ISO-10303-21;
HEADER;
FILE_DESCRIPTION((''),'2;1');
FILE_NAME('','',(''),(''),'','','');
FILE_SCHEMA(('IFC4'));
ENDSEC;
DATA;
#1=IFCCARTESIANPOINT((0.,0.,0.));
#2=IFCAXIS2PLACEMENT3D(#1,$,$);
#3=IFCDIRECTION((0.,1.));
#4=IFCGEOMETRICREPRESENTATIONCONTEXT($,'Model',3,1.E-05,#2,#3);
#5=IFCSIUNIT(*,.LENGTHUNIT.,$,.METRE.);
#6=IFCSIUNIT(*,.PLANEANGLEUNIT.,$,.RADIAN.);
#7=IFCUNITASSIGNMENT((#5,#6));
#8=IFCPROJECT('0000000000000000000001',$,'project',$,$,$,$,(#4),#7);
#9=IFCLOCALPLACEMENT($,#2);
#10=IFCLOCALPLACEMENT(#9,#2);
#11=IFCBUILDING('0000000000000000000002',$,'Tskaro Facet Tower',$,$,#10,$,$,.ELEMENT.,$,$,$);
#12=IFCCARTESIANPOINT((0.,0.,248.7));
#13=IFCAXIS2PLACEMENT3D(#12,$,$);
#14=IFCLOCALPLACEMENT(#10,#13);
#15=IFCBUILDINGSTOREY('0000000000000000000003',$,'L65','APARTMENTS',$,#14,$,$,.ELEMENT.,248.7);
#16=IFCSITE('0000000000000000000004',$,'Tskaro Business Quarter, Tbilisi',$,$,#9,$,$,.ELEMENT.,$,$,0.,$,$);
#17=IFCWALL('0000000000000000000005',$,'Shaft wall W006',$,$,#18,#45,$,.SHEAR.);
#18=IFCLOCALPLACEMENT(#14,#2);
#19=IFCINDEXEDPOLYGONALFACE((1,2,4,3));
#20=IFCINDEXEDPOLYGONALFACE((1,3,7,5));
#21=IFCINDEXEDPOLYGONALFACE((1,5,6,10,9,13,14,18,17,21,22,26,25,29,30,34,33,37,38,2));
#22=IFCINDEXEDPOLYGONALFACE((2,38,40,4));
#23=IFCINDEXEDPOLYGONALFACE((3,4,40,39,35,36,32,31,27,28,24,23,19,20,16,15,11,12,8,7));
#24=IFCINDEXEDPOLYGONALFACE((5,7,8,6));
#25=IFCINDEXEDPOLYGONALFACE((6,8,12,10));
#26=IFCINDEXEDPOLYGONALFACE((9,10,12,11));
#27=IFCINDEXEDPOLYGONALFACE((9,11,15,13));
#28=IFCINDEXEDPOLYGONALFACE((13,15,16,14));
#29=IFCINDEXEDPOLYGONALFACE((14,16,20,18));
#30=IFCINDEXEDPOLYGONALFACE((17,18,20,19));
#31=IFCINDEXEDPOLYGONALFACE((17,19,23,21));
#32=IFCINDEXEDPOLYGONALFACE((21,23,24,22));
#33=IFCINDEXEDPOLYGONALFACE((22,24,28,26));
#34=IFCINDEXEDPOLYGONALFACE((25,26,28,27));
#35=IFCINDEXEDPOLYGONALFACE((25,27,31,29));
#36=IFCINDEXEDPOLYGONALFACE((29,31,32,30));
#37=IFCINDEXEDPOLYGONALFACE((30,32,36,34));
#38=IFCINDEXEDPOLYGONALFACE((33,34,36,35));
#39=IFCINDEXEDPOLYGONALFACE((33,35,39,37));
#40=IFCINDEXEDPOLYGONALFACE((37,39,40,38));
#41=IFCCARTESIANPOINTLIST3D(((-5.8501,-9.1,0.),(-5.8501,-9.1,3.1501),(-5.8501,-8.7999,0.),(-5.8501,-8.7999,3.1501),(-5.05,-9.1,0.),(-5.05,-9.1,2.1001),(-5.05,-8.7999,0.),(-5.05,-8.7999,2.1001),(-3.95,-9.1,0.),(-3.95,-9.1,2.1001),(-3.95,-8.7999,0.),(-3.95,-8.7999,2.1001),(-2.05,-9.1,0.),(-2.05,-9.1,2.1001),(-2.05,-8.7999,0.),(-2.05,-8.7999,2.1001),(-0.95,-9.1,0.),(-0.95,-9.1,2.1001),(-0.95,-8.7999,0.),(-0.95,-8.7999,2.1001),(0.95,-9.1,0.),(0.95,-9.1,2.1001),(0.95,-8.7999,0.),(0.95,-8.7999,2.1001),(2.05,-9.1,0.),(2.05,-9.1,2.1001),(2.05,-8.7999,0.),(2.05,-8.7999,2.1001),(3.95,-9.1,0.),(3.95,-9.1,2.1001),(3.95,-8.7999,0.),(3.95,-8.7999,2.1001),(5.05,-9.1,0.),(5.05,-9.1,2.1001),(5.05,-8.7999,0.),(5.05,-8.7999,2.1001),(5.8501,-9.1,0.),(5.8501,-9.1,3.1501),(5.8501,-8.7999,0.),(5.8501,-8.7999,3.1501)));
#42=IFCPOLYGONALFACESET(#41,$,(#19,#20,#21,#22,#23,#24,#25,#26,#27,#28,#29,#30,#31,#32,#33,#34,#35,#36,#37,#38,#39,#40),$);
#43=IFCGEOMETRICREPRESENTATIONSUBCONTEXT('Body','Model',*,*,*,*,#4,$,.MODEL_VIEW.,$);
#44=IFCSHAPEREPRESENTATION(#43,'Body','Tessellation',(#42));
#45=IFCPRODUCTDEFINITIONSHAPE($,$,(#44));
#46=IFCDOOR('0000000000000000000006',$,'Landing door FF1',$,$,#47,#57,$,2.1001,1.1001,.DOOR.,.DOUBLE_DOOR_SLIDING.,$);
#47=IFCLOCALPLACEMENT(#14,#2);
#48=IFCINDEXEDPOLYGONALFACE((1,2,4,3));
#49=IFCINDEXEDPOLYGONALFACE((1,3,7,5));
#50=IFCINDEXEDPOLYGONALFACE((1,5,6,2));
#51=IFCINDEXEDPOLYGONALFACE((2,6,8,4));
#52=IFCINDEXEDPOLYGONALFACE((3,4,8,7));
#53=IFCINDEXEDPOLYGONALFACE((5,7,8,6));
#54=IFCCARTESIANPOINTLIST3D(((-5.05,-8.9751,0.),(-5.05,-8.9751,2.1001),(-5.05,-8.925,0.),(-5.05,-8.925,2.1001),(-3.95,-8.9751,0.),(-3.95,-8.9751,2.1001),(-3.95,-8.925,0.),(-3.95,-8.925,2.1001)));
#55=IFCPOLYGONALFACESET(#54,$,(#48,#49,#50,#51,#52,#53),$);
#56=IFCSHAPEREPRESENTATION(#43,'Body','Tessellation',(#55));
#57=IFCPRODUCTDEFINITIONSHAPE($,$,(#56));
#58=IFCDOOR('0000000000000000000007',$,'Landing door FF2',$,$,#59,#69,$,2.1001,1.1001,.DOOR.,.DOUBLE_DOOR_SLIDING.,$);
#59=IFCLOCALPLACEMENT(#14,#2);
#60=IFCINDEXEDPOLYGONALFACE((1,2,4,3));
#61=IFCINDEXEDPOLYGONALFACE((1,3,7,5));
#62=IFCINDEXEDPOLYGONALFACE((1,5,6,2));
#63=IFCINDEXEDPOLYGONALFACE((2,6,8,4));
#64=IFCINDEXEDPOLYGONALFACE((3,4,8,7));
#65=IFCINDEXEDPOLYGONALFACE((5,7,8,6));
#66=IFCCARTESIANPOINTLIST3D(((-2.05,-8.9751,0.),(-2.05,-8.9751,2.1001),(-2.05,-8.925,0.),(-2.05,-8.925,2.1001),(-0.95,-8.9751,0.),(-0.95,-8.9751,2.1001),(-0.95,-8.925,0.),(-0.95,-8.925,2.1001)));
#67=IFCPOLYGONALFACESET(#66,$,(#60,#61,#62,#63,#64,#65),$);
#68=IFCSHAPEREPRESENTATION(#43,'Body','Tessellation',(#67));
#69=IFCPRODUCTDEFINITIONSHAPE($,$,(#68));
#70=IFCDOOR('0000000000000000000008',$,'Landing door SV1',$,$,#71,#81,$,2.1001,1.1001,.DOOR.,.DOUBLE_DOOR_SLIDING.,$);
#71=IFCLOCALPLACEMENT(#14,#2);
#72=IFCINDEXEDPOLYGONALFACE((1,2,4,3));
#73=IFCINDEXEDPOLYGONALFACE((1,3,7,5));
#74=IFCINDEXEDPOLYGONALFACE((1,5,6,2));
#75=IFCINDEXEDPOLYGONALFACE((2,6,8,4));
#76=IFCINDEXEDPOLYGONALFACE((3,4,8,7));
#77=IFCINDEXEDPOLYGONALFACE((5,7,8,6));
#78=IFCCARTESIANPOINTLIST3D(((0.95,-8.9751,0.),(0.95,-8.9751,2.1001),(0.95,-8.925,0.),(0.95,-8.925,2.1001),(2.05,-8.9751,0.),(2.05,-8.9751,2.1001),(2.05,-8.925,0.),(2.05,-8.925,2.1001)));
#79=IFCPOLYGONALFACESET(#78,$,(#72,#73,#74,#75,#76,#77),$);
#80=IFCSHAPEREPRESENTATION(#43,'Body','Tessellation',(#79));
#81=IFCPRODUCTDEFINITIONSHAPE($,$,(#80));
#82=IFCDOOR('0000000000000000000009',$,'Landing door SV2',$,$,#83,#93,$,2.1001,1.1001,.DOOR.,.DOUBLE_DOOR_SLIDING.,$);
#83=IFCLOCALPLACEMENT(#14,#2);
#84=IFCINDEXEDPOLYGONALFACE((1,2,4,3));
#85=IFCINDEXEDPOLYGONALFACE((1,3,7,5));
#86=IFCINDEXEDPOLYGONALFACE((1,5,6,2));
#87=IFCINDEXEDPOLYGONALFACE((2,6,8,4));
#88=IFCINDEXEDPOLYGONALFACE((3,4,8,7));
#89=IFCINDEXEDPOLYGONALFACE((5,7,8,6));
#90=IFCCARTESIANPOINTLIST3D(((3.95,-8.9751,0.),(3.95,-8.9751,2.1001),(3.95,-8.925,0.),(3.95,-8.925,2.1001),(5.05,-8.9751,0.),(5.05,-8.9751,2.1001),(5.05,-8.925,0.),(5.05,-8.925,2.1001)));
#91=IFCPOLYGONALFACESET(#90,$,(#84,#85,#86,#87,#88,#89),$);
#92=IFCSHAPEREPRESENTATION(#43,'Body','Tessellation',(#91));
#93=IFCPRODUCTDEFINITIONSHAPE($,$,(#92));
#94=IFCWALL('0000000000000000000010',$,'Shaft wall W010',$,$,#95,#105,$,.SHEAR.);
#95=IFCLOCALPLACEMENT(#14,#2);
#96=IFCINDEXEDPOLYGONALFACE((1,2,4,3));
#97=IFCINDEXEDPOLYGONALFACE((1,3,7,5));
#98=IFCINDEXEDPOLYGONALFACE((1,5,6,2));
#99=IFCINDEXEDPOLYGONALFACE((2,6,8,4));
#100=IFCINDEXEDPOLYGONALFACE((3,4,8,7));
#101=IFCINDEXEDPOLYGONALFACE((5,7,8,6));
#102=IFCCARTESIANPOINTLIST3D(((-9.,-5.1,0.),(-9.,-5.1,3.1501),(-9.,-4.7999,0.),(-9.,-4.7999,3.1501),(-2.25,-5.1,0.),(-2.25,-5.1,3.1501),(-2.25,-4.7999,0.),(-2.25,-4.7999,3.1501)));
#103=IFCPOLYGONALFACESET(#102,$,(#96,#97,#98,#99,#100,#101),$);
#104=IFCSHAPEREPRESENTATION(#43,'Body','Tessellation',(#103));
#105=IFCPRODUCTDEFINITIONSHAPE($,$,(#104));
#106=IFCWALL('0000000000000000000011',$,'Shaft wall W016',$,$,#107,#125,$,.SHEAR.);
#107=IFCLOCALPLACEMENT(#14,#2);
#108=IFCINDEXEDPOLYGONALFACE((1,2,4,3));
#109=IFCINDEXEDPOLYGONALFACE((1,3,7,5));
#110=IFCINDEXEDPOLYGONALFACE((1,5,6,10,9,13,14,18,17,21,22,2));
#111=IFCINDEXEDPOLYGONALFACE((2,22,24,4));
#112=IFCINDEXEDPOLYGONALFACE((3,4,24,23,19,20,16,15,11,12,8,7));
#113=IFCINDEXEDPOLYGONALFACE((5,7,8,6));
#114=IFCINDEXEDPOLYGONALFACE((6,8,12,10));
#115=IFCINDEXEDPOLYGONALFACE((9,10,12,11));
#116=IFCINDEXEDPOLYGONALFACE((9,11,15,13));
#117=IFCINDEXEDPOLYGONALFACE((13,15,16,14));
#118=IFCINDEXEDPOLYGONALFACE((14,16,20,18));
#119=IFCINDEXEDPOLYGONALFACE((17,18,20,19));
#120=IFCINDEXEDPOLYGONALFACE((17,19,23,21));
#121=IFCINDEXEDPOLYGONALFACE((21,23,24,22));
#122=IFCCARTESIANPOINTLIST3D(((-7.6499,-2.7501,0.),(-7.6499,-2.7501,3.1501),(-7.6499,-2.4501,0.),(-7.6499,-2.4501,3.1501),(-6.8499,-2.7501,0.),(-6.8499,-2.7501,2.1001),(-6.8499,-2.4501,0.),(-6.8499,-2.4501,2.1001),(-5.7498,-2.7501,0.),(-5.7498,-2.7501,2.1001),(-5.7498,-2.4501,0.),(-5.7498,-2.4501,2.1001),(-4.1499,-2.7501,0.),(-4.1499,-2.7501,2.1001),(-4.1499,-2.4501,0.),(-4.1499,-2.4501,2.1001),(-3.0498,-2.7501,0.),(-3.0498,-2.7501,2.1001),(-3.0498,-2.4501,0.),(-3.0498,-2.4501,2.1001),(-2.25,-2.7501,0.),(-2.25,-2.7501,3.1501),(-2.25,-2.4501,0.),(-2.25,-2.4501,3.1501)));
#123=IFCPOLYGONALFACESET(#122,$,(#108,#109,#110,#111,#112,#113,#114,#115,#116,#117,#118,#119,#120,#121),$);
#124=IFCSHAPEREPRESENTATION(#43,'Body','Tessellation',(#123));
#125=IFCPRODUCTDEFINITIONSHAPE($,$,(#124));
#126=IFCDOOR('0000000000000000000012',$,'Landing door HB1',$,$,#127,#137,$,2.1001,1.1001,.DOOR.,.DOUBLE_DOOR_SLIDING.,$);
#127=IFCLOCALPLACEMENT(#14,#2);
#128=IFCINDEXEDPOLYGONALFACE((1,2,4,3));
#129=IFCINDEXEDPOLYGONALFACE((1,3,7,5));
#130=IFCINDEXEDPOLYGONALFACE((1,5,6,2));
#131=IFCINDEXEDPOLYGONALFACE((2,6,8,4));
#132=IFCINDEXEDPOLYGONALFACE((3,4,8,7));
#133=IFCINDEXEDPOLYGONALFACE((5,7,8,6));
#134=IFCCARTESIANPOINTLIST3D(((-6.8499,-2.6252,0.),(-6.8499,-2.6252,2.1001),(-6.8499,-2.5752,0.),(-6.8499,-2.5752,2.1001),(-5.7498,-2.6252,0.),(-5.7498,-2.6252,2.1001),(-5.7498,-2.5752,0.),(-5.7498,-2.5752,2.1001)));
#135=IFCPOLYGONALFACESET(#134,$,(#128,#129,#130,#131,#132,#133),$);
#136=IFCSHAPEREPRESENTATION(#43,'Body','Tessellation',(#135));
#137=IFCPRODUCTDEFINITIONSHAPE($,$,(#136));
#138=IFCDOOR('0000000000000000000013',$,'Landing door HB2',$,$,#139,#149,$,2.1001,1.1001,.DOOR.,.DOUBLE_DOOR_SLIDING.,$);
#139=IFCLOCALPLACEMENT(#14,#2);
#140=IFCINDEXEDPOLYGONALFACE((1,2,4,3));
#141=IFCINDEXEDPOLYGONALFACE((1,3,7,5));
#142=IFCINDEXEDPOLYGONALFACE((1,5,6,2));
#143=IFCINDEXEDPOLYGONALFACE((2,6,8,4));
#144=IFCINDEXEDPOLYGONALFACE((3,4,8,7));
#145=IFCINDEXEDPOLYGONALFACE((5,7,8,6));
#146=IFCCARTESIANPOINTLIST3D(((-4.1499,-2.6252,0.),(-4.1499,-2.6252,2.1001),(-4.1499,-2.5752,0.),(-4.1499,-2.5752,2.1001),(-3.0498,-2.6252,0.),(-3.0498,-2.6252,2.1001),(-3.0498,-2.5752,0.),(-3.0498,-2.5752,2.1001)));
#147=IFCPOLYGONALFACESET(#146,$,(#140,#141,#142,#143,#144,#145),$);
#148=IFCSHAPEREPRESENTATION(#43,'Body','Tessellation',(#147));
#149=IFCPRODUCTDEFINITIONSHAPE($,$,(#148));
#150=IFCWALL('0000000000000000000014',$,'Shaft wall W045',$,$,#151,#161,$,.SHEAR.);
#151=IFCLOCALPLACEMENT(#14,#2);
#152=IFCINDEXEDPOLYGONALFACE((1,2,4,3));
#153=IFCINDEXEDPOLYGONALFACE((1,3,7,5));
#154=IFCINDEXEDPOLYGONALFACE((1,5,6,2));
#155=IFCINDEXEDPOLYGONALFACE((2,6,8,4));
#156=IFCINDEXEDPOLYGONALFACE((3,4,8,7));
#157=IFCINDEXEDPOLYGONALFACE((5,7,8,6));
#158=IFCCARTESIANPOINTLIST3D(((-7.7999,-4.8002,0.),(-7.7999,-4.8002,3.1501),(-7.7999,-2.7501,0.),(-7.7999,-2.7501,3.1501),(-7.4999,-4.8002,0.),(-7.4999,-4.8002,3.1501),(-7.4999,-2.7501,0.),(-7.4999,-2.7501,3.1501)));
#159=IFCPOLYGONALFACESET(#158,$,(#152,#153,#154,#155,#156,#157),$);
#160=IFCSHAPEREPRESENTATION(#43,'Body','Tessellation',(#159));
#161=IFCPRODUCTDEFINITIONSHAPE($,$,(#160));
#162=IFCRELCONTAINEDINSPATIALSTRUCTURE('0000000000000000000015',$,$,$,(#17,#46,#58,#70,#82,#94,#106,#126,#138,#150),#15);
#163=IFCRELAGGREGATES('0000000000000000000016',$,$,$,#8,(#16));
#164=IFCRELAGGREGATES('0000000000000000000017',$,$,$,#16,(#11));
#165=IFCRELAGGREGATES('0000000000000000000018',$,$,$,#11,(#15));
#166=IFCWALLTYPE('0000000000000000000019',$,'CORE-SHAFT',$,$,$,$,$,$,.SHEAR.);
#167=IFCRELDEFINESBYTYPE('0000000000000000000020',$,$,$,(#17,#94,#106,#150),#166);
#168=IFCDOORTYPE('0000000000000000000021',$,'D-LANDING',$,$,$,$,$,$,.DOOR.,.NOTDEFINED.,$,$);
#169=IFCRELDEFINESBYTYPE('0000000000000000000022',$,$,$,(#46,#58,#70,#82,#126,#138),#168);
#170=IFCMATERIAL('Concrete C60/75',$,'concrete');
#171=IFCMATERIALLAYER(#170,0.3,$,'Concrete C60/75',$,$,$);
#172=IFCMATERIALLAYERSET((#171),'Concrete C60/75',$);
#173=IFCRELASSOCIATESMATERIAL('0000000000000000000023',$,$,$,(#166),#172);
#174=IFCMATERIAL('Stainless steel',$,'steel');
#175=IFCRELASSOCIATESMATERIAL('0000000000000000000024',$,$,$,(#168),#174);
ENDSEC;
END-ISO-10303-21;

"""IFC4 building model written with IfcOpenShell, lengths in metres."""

from ifc_helpers import new_model, si_unit, direction, frame, frame_2d, origin, place, context, subcontext, project, spatial, rectangle, extrude, material, layer, layer_set, type_object, element, fill, save


model = new_model("IFC4")

# Units and contexts
model_context = context("Model", 3, precision=1e-05, world=origin(), true_north=direction((0.0, 1.0)))
body_context = subcontext(model_context, "Body", "Model", "MODEL_VIEW")
ifc_project = project(units=[si_unit("LENGTHUNIT", "METRE"), si_unit("PLANEANGLEUNIT", "RADIAN")], contexts=[model_context])

# Site, building, storey
site_placement = place(None, origin())
site = spatial("IfcSite", under=ifc_project, at=site_placement, Name="Tskaro Business Quarter, Tbilisi", CompositionType="ELEMENT", RefElevation=0.0)
building_placement = place(site_placement, origin())
building = spatial("IfcBuilding", under=site, at=building_placement, Name="Tskaro Facet Tower", CompositionType="ELEMENT")
storey_placement = place(building_placement, frame((0.0, 0.0, 248.7)))
storey = spatial("IfcBuildingStorey", under=building, at=storey_placement, Name="L65", Description="APARTMENTS", CompositionType="ELEMENT", Elevation=248.7)

# Wall, openings, doors
ifc_material_1 = material(Name="Concrete C60/75", Category="concrete")
ifc_layer_1 = layer(ifc_material_1, 0.3, Name="Concrete C60/75")
ifc_layer_set_1 = layer_set([ifc_layer_1], Name="Concrete C60/75")
wall_type_1 = type_object("IfcWallType", Name="CORE-SHAFT", PredefinedType="SHEAR", material=ifc_layer_set_1)
wall_1_placement = place(storey_placement, frame((-5.8501, -8.95, 0.0), z_axis=(0.0, 0.0, 1.0), x_axis=(1.0, 0.0, 0.0)))
wall_1 = element("IfcWall", 1, at=wall_1_placement, inside=storey, type_object=wall_type_1, Name="Shaft wall W006", PredefinedType="SHEAR", context=body_context, shape_type="SweptSolid", body=[
    extrude(rectangle(XDim=11.7002, YDim=0.3, at=frame_2d((5.8501, 0.0))), origin(), (0.0, 0.0, 1.0), 3.1501),
])
opening_1_placement = place(wall_1_placement, frame((0.8, 0.0, 0.0)))
opening_1 = element("IfcOpeningElement", 2, at=opening_1_placement, cuts=wall_1, PredefinedType="OPENING", context=body_context, shape_type="SweptSolid", body=[
    extrude(rectangle(XDim=1.1001, YDim=2.1001, at=frame_2d((0.55, 1.05))), frame((0.0, 0.1599, 0.0), z_axis=(0.0, -1.0, 0.0), x_axis=(1.0, 0.0, 0.0)), (0.0, 0.0, 1.0), 0.3201),
])
opening_2_placement = place(wall_1_placement, frame((3.8, 0.0, 0.0)))
opening_2 = element("IfcOpeningElement", 3, at=opening_2_placement, cuts=wall_1, PredefinedType="OPENING", context=body_context, shape_type="SweptSolid", body=[
    extrude(rectangle(XDim=1.1001, YDim=2.1001, at=frame_2d((0.55, 1.05))), frame((0.0, 0.1599, 0.0), z_axis=(0.0, -1.0, 0.0), x_axis=(1.0, 0.0, 0.0)), (0.0, 0.0, 1.0), 0.3201),
])
opening_3_placement = place(wall_1_placement, frame((6.8, 0.0, 0.0)))
opening_3 = element("IfcOpeningElement", 4, at=opening_3_placement, cuts=wall_1, PredefinedType="OPENING", context=body_context, shape_type="SweptSolid", body=[
    extrude(rectangle(XDim=1.1001, YDim=2.1001, at=frame_2d((0.55, 1.05))), frame((0.0, 0.1599, 0.0), z_axis=(0.0, -1.0, 0.0), x_axis=(1.0, 0.0, 0.0)), (0.0, 0.0, 1.0), 0.3201),
])
opening_4_placement = place(wall_1_placement, frame((9.8, 0.0, 0.0)))
opening_4 = element("IfcOpeningElement", 5, at=opening_4_placement, cuts=wall_1, PredefinedType="OPENING", context=body_context, shape_type="SweptSolid", body=[
    extrude(rectangle(XDim=1.1001, YDim=2.1001, at=frame_2d((0.55, 1.05))), frame((0.0, 0.1599, 0.0), z_axis=(0.0, -1.0, 0.0), x_axis=(1.0, 0.0, 0.0)), (0.0, 0.0, 1.0), 0.3201),
])
ifc_material_2 = material(Name="Stainless steel", Category="steel")
door_type_1 = type_object("IfcDoorType", Name="D-LANDING", OperationType="NOTDEFINED", PredefinedType="DOOR", material=ifc_material_2)
door_1_placement = place(opening_1_placement, origin())
door_1 = element("IfcDoor", 6, at=door_1_placement, inside=storey, type_object=door_type_1, Name="Landing door FF1", OperationType="DOUBLE_DOOR_SLIDING", OverallHeight=2.1001, OverallWidth=1.1001, PredefinedType="DOOR", context=body_context, shape_type="SweptSolid", body=[
    extrude(rectangle(XDim=1.1001, YDim=2.1001, at=frame_2d((0.55, 1.05))), frame((0.0, 0.0249, 0.0), z_axis=(0.0, -1.0, 0.0), x_axis=(1.0, 0.0, 0.0)), (0.0, 0.0, 1.0), 0.05),
])
fill(opening_1, door_1)
door_2_placement = place(opening_2_placement, origin())
door_2 = element("IfcDoor", 7, at=door_2_placement, inside=storey, type_object=door_type_1, Name="Landing door FF2", OperationType="DOUBLE_DOOR_SLIDING", OverallHeight=2.1001, OverallWidth=1.1001, PredefinedType="DOOR", context=body_context, shape_type="SweptSolid", body=[
    extrude(rectangle(XDim=1.1001, YDim=2.1001, at=frame_2d((0.55, 1.05))), frame((0.0, 0.0249, 0.0), z_axis=(0.0, -1.0, 0.0), x_axis=(1.0, 0.0, 0.0)), (0.0, 0.0, 1.0), 0.05),
])
fill(opening_2, door_2)
door_3_placement = place(opening_3_placement, origin())
door_3 = element("IfcDoor", 8, at=door_3_placement, inside=storey, type_object=door_type_1, Name="Landing door SV1", OperationType="DOUBLE_DOOR_SLIDING", OverallHeight=2.1001, OverallWidth=1.1001, PredefinedType="DOOR", context=body_context, shape_type="SweptSolid", body=[
    extrude(rectangle(XDim=1.1001, YDim=2.1001, at=frame_2d((0.55, 1.05))), frame((0.0, 0.0249, 0.0), z_axis=(0.0, -1.0, 0.0), x_axis=(1.0, 0.0, 0.0)), (0.0, 0.0, 1.0), 0.05),
])
fill(opening_3, door_3)
door_4_placement = place(opening_4_placement, origin())
door_4 = element("IfcDoor", 9, at=door_4_placement, inside=storey, type_object=door_type_1, Name="Landing door SV2", OperationType="DOUBLE_DOOR_SLIDING", OverallHeight=2.1001, OverallWidth=1.1001, PredefinedType="DOOR", context=body_context, shape_type="SweptSolid", body=[
    extrude(rectangle(XDim=1.1001, YDim=2.1001, at=frame_2d((0.55, 1.05))), frame((0.0, 0.0249, 0.0), z_axis=(0.0, -1.0, 0.0), x_axis=(1.0, 0.0, 0.0)), (0.0, 0.0, 1.0), 0.05),
])
fill(opening_4, door_4)

# Wall
wall_2_placement = place(storey_placement, frame((-9.0, -4.95, 0.0), z_axis=(0.0, 0.0, 1.0), x_axis=(1.0, 0.0, 0.0)))
element("IfcWall", 10, at=wall_2_placement, inside=storey, type_object=wall_type_1, Name="Shaft wall W010", PredefinedType="SHEAR", context=body_context, shape_type="SweptSolid", body=[
    extrude(rectangle(XDim=6.75, YDim=0.3, at=frame_2d((3.375, 0.0))), origin(), (0.0, 0.0, 1.0), 3.1501),
])

# Wall, openings, doors
wall_3_placement = place(storey_placement, frame((-7.6499, -2.6001, 0.0), z_axis=(0.0, 0.0, 1.0), x_axis=(1.0, 0.0, 0.0)))
wall_3 = element("IfcWall", 11, at=wall_3_placement, inside=storey, type_object=wall_type_1, Name="Shaft wall W016", PredefinedType="SHEAR", context=body_context, shape_type="SweptSolid", body=[
    extrude(rectangle(XDim=5.3999, YDim=0.3, at=frame_2d((2.7, 0.0))), origin(), (0.0, 0.0, 1.0), 3.1501),
])
opening_5_placement = place(wall_3_placement, frame((0.8, 0.0, 0.0)))
opening_5 = element("IfcOpeningElement", 12, at=opening_5_placement, cuts=wall_3, PredefinedType="OPENING", context=body_context, shape_type="SweptSolid", body=[
    extrude(rectangle(XDim=1.1001, YDim=2.1001, at=frame_2d((0.55, 1.05))), frame((0.0, 0.1599, 0.0), z_axis=(0.0, -1.0, 0.0), x_axis=(1.0, 0.0, 0.0)), (0.0, 0.0, 1.0), 0.3201),
])
opening_6_placement = place(wall_3_placement, frame((3.5, 0.0, 0.0)))
opening_6 = element("IfcOpeningElement", 13, at=opening_6_placement, cuts=wall_3, PredefinedType="OPENING", context=body_context, shape_type="SweptSolid", body=[
    extrude(rectangle(XDim=1.1001, YDim=2.1001, at=frame_2d((0.55, 1.05))), frame((0.0, 0.1599, 0.0), z_axis=(0.0, -1.0, 0.0), x_axis=(1.0, 0.0, 0.0)), (0.0, 0.0, 1.0), 0.3201),
])
door_5_placement = place(opening_5_placement, origin())
door_5 = element("IfcDoor", 14, at=door_5_placement, inside=storey, type_object=door_type_1, Name="Landing door HB1", OperationType="DOUBLE_DOOR_SLIDING", OverallHeight=2.1001, OverallWidth=1.1001, PredefinedType="DOOR", context=body_context, shape_type="SweptSolid", body=[
    extrude(rectangle(XDim=1.1001, YDim=2.1001, at=frame_2d((0.55, 1.05))), frame((0.0, 0.0249, 0.0), z_axis=(0.0, -1.0, 0.0), x_axis=(1.0, 0.0, 0.0)), (0.0, 0.0, 1.0), 0.05),
])
fill(opening_5, door_5)
door_6_placement = place(opening_6_placement, origin())
door_6 = element("IfcDoor", 15, at=door_6_placement, inside=storey, type_object=door_type_1, Name="Landing door HB2", OperationType="DOUBLE_DOOR_SLIDING", OverallHeight=2.1001, OverallWidth=1.1001, PredefinedType="DOOR", context=body_context, shape_type="SweptSolid", body=[
    extrude(rectangle(XDim=1.1001, YDim=2.1001, at=frame_2d((0.55, 1.05))), frame((0.0, 0.0249, 0.0), z_axis=(0.0, -1.0, 0.0), x_axis=(1.0, 0.0, 0.0)), (0.0, 0.0, 1.0), 0.05),
])
fill(opening_6, door_6)

# Wall
wall_4_placement = place(storey_placement, frame((-7.6499, -4.8, 0.0), z_axis=(0.0, 0.0, 1.0), x_axis=(0.0, 1.0, 0.0)))
element("IfcWall", 16, at=wall_4_placement, inside=storey, type_object=wall_type_1, Name="Shaft wall W045", PredefinedType="SHEAR", context=body_context, shape_type="SweptSolid", body=[
    extrude(rectangle(XDim=2.05, YDim=0.3, at=frame_2d((1.0249, 0.0))), origin(), (0.0, 0.0, 1.0), 3.1501),
])

save(model, "model.ifc")
